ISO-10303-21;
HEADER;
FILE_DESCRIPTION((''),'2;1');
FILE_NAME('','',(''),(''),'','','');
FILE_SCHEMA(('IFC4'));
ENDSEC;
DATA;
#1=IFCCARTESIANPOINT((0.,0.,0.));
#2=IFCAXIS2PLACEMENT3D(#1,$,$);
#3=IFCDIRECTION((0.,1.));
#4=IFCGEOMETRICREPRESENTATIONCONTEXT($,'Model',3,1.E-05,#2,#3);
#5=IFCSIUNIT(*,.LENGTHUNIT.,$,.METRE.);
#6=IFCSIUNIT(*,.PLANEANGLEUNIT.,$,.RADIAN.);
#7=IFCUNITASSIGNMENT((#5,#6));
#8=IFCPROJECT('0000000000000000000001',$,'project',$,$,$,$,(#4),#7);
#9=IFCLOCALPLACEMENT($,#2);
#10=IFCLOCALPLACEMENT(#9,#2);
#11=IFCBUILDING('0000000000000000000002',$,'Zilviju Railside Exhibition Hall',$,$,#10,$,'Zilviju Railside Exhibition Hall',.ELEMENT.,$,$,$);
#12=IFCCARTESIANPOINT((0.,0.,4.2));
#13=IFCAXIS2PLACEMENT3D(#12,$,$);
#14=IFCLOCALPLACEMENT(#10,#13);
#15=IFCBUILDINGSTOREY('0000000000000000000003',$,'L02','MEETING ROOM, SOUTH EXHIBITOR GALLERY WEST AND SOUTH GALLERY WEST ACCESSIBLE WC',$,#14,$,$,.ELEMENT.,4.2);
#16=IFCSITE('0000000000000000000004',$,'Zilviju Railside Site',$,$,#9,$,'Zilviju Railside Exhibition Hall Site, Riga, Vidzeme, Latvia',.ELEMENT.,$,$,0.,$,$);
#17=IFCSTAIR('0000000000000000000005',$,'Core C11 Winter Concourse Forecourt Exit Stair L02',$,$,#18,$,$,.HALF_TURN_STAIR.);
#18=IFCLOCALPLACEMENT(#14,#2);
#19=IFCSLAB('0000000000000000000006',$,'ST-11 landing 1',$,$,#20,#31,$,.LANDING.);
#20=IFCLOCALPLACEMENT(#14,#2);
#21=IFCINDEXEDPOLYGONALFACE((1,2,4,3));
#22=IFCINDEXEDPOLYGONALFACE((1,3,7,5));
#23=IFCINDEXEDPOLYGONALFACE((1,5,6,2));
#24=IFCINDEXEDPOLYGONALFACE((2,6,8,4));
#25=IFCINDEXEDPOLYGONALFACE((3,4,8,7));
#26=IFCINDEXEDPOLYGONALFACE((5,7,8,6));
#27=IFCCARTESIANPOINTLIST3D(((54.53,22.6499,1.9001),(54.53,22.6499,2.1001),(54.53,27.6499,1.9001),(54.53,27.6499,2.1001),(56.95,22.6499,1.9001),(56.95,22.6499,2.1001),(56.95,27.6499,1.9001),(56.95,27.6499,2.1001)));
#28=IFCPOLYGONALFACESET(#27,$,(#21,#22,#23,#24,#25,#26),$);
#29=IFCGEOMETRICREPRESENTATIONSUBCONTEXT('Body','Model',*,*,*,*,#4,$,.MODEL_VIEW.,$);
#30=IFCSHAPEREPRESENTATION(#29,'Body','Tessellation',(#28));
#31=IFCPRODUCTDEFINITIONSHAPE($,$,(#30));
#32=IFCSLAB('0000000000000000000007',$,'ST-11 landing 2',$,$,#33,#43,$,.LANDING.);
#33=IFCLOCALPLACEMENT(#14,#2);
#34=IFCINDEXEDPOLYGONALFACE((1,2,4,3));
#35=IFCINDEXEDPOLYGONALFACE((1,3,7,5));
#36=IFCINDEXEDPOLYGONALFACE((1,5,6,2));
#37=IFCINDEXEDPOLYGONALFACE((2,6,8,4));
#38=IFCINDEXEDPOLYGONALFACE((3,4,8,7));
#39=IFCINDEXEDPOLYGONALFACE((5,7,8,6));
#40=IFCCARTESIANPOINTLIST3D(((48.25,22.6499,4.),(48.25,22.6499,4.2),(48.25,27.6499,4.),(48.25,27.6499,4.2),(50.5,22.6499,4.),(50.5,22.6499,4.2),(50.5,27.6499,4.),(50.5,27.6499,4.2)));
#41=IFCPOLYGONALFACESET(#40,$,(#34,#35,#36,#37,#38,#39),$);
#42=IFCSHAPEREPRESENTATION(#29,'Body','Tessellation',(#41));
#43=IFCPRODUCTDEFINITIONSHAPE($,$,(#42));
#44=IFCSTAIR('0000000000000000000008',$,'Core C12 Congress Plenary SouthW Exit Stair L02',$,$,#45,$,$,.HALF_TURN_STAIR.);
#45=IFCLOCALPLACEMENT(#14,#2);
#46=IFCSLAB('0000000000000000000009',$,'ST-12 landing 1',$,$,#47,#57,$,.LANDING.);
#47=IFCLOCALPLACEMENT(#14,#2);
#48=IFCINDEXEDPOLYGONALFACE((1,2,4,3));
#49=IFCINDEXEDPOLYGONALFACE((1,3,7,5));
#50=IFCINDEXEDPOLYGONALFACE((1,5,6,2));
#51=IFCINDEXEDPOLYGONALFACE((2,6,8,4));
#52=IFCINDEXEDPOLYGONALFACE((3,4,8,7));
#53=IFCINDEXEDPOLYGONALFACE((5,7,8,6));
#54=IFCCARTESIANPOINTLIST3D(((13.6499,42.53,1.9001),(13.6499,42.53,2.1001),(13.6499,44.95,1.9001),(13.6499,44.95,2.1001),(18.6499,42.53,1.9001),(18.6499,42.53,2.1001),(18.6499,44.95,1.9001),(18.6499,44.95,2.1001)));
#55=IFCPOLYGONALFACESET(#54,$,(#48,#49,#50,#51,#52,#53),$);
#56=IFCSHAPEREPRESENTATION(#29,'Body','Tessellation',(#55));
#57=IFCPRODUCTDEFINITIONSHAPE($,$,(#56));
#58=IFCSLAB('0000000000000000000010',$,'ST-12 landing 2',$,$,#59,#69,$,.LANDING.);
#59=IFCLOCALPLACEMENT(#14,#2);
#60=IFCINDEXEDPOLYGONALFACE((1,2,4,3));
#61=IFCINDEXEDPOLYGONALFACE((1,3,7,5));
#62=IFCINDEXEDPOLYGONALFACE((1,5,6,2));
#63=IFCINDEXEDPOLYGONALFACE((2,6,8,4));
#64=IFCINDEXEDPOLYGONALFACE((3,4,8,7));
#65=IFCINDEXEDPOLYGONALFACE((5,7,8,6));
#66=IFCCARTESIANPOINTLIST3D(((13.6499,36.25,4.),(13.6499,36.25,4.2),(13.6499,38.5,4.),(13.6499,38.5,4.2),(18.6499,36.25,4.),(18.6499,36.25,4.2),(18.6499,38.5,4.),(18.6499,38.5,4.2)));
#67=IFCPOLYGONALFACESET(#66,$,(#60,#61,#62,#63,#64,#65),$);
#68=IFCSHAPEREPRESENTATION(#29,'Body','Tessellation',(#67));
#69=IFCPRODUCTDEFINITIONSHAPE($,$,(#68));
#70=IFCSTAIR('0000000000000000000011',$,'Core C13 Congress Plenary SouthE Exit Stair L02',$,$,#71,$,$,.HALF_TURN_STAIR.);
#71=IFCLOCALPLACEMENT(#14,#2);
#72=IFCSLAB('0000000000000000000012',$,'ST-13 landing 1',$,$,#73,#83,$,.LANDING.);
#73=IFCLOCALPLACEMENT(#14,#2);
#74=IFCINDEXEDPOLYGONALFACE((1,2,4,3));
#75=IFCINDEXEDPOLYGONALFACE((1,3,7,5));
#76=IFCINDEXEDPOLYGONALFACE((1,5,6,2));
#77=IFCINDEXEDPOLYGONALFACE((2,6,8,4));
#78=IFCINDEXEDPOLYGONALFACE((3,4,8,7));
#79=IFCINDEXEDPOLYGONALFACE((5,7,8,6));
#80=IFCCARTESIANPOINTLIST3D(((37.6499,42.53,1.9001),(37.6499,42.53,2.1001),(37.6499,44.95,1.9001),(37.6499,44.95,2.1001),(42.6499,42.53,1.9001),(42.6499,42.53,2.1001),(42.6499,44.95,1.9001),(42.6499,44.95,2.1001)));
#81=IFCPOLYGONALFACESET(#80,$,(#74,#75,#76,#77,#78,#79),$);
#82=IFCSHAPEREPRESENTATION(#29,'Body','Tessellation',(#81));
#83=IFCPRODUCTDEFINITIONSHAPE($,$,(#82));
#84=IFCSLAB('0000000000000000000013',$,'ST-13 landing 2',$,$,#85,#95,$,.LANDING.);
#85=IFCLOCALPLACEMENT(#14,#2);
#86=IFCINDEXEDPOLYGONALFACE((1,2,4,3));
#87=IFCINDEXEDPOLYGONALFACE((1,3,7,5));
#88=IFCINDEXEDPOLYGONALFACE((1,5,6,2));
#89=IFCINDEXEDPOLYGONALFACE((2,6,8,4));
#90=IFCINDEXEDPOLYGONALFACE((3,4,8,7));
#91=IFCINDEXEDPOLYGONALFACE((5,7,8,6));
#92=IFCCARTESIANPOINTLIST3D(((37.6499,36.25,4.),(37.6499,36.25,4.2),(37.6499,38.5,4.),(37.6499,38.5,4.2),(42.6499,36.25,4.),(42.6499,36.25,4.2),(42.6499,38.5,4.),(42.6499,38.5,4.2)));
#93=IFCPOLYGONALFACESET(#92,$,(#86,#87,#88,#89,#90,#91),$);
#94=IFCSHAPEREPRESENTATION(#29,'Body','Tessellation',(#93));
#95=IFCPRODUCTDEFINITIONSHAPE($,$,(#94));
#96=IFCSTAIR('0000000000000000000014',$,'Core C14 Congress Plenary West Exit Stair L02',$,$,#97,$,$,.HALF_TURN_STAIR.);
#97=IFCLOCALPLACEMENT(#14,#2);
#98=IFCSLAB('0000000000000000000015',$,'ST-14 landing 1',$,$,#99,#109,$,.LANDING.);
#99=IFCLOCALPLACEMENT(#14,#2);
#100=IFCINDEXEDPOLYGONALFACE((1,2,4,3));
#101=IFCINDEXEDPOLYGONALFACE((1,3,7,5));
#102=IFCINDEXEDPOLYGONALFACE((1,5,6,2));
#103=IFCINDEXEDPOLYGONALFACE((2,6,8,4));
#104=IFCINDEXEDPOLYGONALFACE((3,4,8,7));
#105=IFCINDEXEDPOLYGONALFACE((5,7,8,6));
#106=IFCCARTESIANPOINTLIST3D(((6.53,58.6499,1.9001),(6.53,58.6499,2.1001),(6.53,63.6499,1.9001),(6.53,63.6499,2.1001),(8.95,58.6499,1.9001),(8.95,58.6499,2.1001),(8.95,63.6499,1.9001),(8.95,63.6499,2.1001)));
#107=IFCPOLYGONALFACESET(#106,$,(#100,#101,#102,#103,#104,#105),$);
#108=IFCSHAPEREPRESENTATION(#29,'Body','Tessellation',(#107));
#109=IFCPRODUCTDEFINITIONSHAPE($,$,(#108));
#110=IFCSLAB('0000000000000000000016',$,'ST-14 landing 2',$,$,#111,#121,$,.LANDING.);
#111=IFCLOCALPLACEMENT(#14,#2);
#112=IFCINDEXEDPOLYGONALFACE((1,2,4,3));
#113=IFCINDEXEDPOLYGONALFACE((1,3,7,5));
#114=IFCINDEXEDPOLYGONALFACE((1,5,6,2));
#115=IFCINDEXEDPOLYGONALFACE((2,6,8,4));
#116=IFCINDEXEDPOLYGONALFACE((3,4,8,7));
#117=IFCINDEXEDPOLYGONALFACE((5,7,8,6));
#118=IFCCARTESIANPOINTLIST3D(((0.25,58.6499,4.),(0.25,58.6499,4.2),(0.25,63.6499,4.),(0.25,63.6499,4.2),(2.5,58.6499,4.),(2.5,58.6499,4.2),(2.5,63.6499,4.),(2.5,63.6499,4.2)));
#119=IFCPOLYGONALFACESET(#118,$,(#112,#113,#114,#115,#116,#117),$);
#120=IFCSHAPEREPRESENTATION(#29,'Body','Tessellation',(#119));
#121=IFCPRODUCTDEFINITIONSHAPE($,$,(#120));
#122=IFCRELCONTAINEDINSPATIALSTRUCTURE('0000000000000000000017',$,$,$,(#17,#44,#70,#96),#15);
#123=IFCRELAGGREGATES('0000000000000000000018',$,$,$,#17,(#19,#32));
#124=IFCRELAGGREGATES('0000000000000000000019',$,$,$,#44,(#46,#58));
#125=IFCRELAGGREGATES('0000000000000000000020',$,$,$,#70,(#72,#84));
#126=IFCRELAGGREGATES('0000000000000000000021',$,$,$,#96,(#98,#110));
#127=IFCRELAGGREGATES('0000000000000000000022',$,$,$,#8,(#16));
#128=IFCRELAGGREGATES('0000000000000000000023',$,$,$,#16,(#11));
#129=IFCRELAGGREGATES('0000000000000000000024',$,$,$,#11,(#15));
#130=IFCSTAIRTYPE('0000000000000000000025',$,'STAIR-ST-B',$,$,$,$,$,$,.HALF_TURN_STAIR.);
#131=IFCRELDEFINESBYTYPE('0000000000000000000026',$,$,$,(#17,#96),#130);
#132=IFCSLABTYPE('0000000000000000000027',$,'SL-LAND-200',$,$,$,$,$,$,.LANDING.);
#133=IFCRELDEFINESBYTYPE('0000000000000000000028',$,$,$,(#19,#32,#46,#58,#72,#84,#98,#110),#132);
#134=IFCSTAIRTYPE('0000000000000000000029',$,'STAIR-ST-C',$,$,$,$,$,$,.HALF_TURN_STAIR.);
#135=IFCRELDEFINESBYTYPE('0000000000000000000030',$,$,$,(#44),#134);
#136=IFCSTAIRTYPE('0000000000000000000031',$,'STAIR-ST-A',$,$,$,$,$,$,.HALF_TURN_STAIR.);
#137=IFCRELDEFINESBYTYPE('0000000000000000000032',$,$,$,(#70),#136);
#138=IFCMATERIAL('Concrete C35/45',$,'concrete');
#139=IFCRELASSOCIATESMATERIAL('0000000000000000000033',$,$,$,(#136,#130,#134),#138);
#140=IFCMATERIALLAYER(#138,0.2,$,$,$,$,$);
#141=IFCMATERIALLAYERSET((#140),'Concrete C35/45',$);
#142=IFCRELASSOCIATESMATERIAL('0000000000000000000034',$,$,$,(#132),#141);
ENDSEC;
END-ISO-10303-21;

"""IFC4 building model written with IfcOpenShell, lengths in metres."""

from ifc_helpers import new_model, si_unit, direction, frame, origin, place, context, subcontext, project, spatial, polyline, outline, extrude, material, layer, layer_set, type_object, element, aggregate, save


model = new_model("IFC4")

# Units and contexts
model_context = context("Model", 3, precision=1e-05, world=origin(), true_north=direction((0.0, 1.0)))
body_context = subcontext(model_context, "Body", "Model", "MODEL_VIEW")
ifc_project = project(units=[si_unit("LENGTHUNIT", "METRE"), si_unit("PLANEANGLEUNIT", "RADIAN")], contexts=[model_context])

# Site, building, storey
site_placement = place(None, origin())
site = spatial("IfcSite", under=ifc_project, at=site_placement, Name="Zilviju Railside Site", LongName="Zilviju Railside Exhibition Hall Site, Riga, Vidzeme, Latvia", CompositionType="ELEMENT", RefElevation=0.0)
building_placement = place(site_placement, origin())
building = spatial("IfcBuilding", under=site, at=building_placement, Name="Zilviju Railside Exhibition Hall", LongName="Zilviju Railside Exhibition Hall", CompositionType="ELEMENT")
storey_placement = place(building_placement, frame((0.0, 0.0, 4.2)))
storey = spatial("IfcBuildingStorey", under=building, at=storey_placement, Name="L02", Description="MEETING ROOM, SOUTH EXHIBITOR GALLERY WEST AND SOUTH GALLERY WEST ACCESSIBLE WC", CompositionType="ELEMENT", Elevation=4.2)

# Shared definitions
ifc_material = material(Name="Concrete C35/45", Category="concrete")

# Stairs, slabs
stair_type_1 = type_object("IfcStairType", Name="STAIR-ST-A", PredefinedType="HALF_TURN_STAIR", material=ifc_material)
ifc_layer_1 = layer(ifc_material, 0.2)
ifc_layer_set_1 = layer_set([ifc_layer_1], Name="Concrete C35/45")
slab_type_1 = type_object("IfcSlabType", Name="SL-LAND-200", PredefinedType="LANDING", material=ifc_layer_set_1)
stair_type_2 = type_object("IfcStairType", Name="STAIR-ST-B", PredefinedType="HALF_TURN_STAIR", material=ifc_material)
stair_type_3 = type_object("IfcStairType", Name="STAIR-ST-C", PredefinedType="HALF_TURN_STAIR", material=ifc_material)
stair_1_placement = place(storey_placement, origin())
stair_1 = element("IfcStair", 1, at=stair_1_placement, inside=storey, type_object=stair_type_2, Name="Core C11 Winter Concourse Forecourt Exit Stair L02", PredefinedType="HALF_TURN_STAIR")
slab_1_placement = place(storey_placement, frame((0.0, 0.0, 1.9001)))
slab_1 = element("IfcSlab", 2, at=slab_1_placement, type_object=slab_type_1, Name="ST-11 landing 1", PredefinedType="LANDING", context=body_context, shape_type="SweptSolid", body=[
    extrude(outline(polyline([(54.53, 22.6499), (54.53, 27.6499), (56.95, 27.6499), (56.95, 22.6499), (54.53, 22.6499)])), origin(), (0.0, 0.0, 1.0), 0.2),
])
slab_2_placement = place(storey_placement, frame((0.0, 0.0, 4.0)))
slab_2 = element("IfcSlab", 3, at=slab_2_placement, type_object=slab_type_1, Name="ST-11 landing 2", PredefinedType="LANDING", context=body_context, shape_type="SweptSolid", body=[
    extrude(outline(polyline([(48.25, 22.6499), (48.25, 27.6499), (50.5, 27.6499), (50.5, 22.6499), (48.25, 22.6499)])), origin(), (0.0, 0.0, 1.0), 0.2),
])
aggregate(stair_1, [slab_1, slab_2])
stair_2_placement = place(storey_placement, origin())
stair_2 = element("IfcStair", 4, at=stair_2_placement, inside=storey, type_object=stair_type_3, Name="Core C12 Congress Plenary SouthW Exit Stair L02", PredefinedType="HALF_TURN_STAIR")
slab_3_placement = place(storey_placement, frame((0.0, 0.0, 1.9001)))
slab_3 = element("IfcSlab", 5, at=slab_3_placement, type_object=slab_type_1, Name="ST-12 landing 1", PredefinedType="LANDING", context=body_context, shape_type="SweptSolid", body=[
    extrude(outline(polyline([(13.6499, 42.53), (18.6499, 42.53), (18.6499, 44.95), (13.6499, 44.95), (13.6499, 42.53)])), origin(), (0.0, 0.0, 1.0), 0.2),
])
slab_4_placement = place(storey_placement, frame((0.0, 0.0, 4.0)))
slab_4 = element("IfcSlab", 6, at=slab_4_placement, type_object=slab_type_1, Name="ST-12 landing 2", PredefinedType="LANDING", context=body_context, shape_type="SweptSolid", body=[
    extrude(outline(polyline([(13.6499, 36.25), (18.6499, 36.25), (18.6499, 38.5), (13.6499, 38.5), (13.6499, 36.25)])), origin(), (0.0, 0.0, 1.0), 0.2),
])
aggregate(stair_2, [slab_3, slab_4])
stair_3_placement = place(storey_placement, origin())
stair_3 = element("IfcStair", 7, at=stair_3_placement, inside=storey, type_object=stair_type_1, Name="Core C13 Congress Plenary SouthE Exit Stair L02", PredefinedType="HALF_TURN_STAIR")
slab_5_placement = place(storey_placement, frame((0.0, 0.0, 1.9001)))
slab_5 = element("IfcSlab", 8, at=slab_5_placement, type_object=slab_type_1, Name="ST-13 landing 1", PredefinedType="LANDING", context=body_context, shape_type="SweptSolid", body=[
    extrude(outline(polyline([(37.6499, 42.53), (42.6499, 42.53), (42.6499, 44.95), (37.6499, 44.95), (37.6499, 42.53)])), origin(), (0.0, 0.0, 1.0), 0.2),
])
slab_6_placement = place(storey_placement, frame((0.0, 0.0, 4.0)))
slab_6 = element("IfcSlab", 9, at=slab_6_placement, type_object=slab_type_1, Name="ST-13 landing 2", PredefinedType="LANDING", context=body_context, shape_type="SweptSolid", body=[
    extrude(outline(polyline([(37.6499, 36.25), (42.6499, 36.25), (42.6499, 38.5), (37.6499, 38.5), (37.6499, 36.25)])), origin(), (0.0, 0.0, 1.0), 0.2),
])
aggregate(stair_3, [slab_5, slab_6])
stair_4_placement = place(storey_placement, origin())
stair_4 = element("IfcStair", 10, at=stair_4_placement, inside=storey, type_object=stair_type_2, Name="Core C14 Congress Plenary West Exit Stair L02", PredefinedType="HALF_TURN_STAIR")
slab_7_placement = place(storey_placement, frame((0.0, 0.0, 1.9001)))
slab_7 = element("IfcSlab", 11, at=slab_7_placement, type_object=slab_type_1, Name="ST-14 landing 1", PredefinedType="LANDING", context=body_context, shape_type="SweptSolid", body=[
    extrude(outline(polyline([(6.53, 58.6499), (6.53, 63.6499), (8.95, 63.6499), (8.95, 58.6499), (6.53, 58.6499)])), origin(), (0.0, 0.0, 1.0), 0.2),
])
slab_8_placement = place(storey_placement, frame((0.0, 0.0, 4.0)))
slab_8 = element("IfcSlab", 12, at=slab_8_placement, type_object=slab_type_1, Name="ST-14 landing 2", PredefinedType="LANDING", context=body_context, shape_type="SweptSolid", body=[
    extrude(outline(polyline([(0.25, 58.6499), (0.25, 63.6499), (2.5, 63.6499), (2.5, 58.6499), (0.25, 58.6499)])), origin(), (0.0, 0.0, 1.0), 0.2),
])
aggregate(stair_4, [slab_7, slab_8])

save(model, "model.ifc")
